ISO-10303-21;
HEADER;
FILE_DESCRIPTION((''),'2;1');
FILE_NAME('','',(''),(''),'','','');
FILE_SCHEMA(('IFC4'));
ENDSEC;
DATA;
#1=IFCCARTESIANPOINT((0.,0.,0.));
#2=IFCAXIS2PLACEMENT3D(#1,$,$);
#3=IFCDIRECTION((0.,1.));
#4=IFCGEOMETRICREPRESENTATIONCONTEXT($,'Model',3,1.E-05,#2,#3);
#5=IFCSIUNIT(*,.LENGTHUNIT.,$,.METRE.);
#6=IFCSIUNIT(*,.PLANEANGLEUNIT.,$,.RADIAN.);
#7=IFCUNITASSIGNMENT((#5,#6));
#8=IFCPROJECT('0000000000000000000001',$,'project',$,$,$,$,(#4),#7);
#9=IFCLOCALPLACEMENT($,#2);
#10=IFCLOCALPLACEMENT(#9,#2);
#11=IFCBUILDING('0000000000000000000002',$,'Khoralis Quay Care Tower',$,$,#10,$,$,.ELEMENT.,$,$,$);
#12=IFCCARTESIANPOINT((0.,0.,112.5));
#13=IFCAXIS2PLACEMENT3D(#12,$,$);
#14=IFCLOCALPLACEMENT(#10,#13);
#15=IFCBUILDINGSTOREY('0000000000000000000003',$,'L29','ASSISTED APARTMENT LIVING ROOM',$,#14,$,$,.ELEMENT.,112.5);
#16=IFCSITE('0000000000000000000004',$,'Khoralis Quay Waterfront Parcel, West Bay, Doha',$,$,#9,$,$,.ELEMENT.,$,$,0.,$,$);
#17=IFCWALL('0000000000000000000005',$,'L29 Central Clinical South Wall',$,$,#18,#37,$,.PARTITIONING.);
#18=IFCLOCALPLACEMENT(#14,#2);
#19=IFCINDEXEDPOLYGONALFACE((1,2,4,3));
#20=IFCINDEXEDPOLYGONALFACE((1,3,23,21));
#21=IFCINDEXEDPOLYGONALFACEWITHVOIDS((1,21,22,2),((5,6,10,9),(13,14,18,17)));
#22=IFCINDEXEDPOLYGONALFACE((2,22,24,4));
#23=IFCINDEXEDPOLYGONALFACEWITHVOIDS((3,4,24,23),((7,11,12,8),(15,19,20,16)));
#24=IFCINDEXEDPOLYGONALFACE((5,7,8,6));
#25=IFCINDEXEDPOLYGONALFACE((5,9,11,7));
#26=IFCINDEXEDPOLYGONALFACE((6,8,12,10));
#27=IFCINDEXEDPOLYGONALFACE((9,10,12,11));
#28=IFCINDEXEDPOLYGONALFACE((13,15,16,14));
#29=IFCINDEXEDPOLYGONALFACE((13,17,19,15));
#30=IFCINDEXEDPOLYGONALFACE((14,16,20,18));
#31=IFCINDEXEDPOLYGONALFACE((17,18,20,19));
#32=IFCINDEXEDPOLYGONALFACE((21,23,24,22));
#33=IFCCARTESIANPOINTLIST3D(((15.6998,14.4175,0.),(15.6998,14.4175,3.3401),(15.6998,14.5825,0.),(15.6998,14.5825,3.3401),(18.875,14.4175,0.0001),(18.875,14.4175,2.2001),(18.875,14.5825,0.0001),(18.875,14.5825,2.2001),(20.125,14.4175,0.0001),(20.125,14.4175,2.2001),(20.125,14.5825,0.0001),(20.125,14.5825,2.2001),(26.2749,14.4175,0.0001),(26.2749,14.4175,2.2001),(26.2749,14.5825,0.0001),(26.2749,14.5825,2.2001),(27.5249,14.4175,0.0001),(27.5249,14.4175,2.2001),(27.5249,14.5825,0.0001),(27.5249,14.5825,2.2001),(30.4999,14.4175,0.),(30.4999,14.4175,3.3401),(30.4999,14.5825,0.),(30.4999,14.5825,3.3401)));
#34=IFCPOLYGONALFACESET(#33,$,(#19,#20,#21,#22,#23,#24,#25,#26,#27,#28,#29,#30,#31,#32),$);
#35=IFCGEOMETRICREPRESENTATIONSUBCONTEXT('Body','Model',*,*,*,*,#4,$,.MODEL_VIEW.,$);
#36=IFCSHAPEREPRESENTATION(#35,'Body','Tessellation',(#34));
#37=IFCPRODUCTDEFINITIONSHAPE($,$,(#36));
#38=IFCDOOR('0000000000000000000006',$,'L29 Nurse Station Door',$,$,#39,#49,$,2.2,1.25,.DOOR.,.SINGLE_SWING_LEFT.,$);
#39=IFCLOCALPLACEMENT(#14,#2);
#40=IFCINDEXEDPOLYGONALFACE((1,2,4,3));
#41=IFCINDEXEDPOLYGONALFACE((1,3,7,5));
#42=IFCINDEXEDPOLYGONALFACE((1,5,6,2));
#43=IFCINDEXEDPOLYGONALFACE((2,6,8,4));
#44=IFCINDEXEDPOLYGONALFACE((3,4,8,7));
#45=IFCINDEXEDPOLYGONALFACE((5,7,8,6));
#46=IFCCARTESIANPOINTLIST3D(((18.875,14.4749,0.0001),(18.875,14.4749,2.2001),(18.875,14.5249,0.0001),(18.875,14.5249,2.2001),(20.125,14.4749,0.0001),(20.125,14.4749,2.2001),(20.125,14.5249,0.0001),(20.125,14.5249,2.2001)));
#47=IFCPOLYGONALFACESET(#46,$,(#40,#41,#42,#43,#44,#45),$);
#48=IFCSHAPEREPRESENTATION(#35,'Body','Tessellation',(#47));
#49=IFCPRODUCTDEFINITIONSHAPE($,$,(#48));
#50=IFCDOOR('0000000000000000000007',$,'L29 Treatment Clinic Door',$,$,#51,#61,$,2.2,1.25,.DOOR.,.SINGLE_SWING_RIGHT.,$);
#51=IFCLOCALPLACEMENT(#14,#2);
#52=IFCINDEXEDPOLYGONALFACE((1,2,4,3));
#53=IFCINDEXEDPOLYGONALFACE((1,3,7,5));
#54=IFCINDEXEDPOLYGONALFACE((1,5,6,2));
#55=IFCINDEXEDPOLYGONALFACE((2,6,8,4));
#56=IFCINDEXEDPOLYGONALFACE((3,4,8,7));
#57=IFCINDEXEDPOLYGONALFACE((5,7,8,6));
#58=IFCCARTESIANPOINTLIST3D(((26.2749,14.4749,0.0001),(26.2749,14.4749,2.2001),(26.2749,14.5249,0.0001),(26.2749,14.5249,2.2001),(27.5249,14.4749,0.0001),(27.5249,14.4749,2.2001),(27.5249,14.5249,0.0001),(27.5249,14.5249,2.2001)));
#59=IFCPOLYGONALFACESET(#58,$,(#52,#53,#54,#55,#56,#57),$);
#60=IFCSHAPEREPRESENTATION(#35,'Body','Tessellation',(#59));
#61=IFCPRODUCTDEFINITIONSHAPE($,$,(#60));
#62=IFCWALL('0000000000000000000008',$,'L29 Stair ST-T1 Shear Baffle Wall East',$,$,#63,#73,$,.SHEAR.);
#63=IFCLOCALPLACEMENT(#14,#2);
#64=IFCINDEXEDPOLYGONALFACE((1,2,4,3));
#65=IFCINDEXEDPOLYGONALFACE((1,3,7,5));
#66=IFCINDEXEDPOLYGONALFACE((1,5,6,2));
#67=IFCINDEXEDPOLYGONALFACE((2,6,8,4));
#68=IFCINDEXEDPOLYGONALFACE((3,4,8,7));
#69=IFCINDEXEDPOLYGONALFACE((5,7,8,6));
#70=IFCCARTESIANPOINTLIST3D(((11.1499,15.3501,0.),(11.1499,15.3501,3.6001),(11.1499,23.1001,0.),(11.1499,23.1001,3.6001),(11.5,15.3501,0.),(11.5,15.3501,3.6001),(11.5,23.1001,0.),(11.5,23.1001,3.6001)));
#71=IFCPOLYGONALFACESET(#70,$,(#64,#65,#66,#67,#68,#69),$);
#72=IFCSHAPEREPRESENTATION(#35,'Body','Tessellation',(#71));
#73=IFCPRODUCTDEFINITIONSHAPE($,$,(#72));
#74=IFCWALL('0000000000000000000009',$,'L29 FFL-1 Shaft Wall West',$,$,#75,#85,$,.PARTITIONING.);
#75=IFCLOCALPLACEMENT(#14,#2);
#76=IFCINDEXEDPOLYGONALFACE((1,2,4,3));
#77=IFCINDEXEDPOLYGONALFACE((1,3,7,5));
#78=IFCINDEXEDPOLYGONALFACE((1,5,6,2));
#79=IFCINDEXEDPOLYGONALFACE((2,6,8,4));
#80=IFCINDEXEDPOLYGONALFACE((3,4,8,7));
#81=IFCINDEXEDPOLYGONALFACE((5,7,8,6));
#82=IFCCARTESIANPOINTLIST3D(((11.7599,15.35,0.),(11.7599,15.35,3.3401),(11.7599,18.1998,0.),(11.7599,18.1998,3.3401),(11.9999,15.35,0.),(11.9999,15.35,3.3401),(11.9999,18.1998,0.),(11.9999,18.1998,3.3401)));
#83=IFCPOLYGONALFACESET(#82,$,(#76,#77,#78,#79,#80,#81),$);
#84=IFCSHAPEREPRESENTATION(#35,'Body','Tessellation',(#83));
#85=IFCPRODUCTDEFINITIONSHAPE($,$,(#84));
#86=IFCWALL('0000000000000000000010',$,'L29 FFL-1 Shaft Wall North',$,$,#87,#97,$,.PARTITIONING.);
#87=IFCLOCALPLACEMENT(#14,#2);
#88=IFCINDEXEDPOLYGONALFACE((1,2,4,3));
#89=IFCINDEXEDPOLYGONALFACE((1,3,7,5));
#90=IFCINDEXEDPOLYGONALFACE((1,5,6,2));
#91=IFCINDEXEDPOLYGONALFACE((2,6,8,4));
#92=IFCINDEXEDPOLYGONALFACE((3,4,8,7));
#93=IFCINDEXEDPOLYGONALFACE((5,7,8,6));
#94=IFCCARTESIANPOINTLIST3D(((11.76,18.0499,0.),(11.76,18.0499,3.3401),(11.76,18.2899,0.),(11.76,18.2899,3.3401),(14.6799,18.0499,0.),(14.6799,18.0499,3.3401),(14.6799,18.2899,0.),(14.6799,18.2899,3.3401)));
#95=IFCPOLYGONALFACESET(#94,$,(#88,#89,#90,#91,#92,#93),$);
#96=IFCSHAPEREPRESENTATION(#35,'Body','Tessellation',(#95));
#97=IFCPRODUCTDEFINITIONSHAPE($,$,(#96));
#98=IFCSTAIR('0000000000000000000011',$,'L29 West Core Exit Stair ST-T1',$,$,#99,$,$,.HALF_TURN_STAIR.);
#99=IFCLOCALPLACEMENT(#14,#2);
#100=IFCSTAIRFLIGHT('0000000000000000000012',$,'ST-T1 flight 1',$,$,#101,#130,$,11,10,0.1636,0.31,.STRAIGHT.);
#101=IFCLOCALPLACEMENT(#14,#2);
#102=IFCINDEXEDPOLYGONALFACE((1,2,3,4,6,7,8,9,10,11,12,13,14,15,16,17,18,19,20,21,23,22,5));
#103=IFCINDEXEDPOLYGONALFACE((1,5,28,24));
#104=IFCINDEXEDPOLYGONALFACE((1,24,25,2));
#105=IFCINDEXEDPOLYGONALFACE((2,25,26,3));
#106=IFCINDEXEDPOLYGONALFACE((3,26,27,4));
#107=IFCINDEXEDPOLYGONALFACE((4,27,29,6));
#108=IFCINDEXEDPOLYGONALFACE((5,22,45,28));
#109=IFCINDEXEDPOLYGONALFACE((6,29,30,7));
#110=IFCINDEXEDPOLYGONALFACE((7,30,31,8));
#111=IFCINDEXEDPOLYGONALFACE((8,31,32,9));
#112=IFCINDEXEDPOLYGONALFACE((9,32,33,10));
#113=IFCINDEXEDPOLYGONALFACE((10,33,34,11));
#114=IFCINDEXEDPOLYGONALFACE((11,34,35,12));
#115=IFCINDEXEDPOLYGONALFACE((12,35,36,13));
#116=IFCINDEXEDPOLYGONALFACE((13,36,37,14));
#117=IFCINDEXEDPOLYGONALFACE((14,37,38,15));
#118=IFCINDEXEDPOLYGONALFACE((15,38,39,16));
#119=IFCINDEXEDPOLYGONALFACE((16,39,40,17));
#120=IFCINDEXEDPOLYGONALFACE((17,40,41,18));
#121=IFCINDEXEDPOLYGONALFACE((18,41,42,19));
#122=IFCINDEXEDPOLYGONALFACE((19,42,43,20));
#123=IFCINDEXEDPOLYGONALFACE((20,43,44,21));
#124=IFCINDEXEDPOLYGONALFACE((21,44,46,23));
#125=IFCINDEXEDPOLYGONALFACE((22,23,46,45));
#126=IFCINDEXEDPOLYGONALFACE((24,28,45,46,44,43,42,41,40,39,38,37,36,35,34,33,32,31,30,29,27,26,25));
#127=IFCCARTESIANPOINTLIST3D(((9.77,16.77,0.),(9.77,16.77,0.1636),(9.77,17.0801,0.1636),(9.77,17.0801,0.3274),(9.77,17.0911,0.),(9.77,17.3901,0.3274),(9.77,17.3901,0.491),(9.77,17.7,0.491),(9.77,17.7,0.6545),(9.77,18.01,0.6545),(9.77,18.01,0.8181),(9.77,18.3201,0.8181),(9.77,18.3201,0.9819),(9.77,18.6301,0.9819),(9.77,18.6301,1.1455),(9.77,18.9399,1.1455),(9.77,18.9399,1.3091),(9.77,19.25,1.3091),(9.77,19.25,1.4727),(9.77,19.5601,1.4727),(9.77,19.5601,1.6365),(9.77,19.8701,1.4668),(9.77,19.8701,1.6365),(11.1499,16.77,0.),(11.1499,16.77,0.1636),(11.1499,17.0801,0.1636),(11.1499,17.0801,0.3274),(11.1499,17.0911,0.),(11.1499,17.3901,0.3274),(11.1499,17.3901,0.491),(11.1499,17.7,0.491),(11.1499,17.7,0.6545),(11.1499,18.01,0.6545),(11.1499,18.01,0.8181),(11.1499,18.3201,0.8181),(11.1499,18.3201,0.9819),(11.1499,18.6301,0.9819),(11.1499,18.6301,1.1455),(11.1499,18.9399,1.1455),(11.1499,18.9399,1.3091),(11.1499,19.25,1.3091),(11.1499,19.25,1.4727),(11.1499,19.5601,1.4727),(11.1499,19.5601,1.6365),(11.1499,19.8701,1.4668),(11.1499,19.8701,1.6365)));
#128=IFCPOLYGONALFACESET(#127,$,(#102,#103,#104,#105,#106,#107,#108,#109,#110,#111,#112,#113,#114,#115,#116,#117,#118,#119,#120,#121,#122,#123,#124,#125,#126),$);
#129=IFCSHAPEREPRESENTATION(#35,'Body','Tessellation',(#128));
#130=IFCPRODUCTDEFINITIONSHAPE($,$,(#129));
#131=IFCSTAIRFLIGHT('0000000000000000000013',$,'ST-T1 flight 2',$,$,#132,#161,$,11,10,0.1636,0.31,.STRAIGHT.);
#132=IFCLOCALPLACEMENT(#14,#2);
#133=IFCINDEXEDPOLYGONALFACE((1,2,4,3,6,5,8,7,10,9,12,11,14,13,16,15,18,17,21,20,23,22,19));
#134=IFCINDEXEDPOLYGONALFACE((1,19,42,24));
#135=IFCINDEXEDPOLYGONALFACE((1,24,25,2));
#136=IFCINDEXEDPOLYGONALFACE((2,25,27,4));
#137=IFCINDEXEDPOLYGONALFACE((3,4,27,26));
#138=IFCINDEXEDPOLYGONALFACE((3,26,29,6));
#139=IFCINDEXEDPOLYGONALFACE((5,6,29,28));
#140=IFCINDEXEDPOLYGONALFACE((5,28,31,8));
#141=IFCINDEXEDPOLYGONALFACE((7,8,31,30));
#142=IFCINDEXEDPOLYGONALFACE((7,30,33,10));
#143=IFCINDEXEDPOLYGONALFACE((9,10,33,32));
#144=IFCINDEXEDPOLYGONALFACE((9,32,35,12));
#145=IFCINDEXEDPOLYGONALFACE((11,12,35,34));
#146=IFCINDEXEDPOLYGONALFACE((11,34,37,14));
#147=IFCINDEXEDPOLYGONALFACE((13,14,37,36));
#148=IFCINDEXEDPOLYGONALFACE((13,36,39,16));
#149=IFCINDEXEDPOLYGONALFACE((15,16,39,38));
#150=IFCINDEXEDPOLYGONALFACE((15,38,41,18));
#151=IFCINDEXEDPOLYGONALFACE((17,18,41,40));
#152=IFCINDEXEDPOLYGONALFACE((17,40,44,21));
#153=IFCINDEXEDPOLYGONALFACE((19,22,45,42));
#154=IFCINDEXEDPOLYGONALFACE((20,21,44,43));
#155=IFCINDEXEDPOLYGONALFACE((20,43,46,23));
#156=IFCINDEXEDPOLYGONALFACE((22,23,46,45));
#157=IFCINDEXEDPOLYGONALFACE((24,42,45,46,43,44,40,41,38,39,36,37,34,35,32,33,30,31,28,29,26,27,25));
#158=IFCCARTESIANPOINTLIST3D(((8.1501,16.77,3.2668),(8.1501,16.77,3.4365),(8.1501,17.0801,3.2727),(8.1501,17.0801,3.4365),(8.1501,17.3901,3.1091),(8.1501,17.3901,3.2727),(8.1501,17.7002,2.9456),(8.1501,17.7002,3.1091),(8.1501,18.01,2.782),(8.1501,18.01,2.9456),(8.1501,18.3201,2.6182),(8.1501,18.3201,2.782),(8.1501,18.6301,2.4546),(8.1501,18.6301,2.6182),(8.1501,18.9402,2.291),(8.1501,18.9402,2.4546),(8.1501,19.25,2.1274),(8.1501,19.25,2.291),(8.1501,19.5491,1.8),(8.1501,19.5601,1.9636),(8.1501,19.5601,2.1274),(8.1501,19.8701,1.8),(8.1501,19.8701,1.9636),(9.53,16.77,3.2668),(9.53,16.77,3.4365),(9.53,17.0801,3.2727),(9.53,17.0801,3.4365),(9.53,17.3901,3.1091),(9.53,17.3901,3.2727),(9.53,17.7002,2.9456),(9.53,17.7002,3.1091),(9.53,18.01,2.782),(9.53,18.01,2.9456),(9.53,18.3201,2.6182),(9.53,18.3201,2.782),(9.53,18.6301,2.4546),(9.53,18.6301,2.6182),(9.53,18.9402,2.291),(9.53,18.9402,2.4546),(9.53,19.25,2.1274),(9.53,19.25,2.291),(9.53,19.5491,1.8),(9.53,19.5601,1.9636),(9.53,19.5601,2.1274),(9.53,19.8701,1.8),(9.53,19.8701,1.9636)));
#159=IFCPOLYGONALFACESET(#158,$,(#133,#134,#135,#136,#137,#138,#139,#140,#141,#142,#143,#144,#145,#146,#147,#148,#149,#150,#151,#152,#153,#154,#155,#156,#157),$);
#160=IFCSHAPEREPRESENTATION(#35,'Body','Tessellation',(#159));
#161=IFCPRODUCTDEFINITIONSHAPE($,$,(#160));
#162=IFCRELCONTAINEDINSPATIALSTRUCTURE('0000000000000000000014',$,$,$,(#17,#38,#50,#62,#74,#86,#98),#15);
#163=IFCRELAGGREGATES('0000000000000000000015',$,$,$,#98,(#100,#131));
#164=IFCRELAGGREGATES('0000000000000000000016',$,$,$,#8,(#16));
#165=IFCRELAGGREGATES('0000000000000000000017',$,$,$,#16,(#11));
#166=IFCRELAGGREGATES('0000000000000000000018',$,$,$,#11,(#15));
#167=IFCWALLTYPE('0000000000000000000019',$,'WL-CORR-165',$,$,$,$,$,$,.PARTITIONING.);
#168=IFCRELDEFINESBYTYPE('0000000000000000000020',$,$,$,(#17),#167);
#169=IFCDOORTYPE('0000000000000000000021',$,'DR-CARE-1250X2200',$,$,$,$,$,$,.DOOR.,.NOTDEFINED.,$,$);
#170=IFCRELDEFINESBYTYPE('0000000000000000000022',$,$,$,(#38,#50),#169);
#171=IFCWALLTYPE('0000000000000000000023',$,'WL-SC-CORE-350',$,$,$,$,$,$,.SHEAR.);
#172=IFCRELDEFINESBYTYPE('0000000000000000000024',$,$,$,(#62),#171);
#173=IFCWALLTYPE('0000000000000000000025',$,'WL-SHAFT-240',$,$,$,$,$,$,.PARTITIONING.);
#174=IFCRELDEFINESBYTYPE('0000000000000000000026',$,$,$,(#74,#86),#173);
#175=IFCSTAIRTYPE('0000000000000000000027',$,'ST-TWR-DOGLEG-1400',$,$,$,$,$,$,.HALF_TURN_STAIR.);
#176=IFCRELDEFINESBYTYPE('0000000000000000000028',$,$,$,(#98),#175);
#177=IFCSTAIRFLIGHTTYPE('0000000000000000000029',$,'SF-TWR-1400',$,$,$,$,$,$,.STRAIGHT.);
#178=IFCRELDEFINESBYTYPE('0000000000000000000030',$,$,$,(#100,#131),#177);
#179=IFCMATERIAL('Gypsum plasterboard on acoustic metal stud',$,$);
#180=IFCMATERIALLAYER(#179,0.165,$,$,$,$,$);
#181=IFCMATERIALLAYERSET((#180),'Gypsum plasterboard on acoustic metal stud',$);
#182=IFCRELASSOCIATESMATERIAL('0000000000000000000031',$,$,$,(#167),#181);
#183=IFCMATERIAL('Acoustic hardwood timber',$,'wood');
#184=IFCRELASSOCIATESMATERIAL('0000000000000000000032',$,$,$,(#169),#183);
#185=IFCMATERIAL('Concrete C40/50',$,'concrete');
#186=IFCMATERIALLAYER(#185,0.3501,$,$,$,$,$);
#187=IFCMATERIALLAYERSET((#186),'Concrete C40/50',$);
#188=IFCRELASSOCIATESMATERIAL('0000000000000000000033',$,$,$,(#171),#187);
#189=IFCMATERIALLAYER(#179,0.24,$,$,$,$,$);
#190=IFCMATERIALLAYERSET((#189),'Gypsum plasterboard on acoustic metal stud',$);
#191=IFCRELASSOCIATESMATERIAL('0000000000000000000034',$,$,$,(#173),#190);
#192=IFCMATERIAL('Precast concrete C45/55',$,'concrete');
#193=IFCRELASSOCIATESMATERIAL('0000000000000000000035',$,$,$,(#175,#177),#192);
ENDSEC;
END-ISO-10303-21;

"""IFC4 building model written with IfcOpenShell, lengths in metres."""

from ifc_helpers import new_model, si_unit, direction, frame, frame_2d, origin, place, context, subcontext, project, spatial, polyline, rectangle, outline, extrude, source, transform, mapped, material, layer, layer_set, type_object, element, fill, aggregate, save


model = new_model("IFC4")

# Units and contexts
model_context = context("Model", 3, precision=1e-05, world=origin(), true_north=direction((0.0, 1.0)))
body_context = subcontext(model_context, "Body", "Model", "MODEL_VIEW")
ifc_project = project(units=[si_unit("LENGTHUNIT", "METRE"), si_unit("PLANEANGLEUNIT", "RADIAN")], contexts=[model_context])

# Site, building, storey
site_placement = place(None, origin())
site = spatial("IfcSite", under=ifc_project, at=site_placement, Name="Khoralis Quay Waterfront Parcel, West Bay, Doha", CompositionType="ELEMENT", RefElevation=0.0)
building_placement = place(site_placement, origin())
building = spatial("IfcBuilding", under=site, at=building_placement, Name="Khoralis Quay Care Tower", CompositionType="ELEMENT")
storey_placement = place(building_placement, frame((0.0, 0.0, 112.5)))
storey = spatial("IfcBuildingStorey", under=building, at=storey_placement, Name="L29", Description="ASSISTED APARTMENT LIVING ROOM", CompositionType="ELEMENT", Elevation=112.5)

# Shared definitions
ifc_material_1 = material(Name="Gypsum plasterboard on acoustic metal stud")

# Wall, openings, doors
ifc_layer_1 = layer(ifc_material_1, 0.165)
ifc_layer_set_1 = layer_set([ifc_layer_1], Name="Gypsum plasterboard on acoustic metal stud")
wall_type_1 = type_object("IfcWallType", Name="WL-CORR-165", PredefinedType="PARTITIONING", material=ifc_layer_set_1)
wall_1_placement = place(storey_placement, frame((15.7, 14.5, 0.0), z_axis=(0.0, 0.0, 1.0), x_axis=(1.0, 0.0, 0.0)))
wall_1 = element("IfcWall", 1, at=wall_1_placement, inside=storey, type_object=wall_type_1, Name="L29 Central Clinical South Wall", PredefinedType="PARTITIONING", context=body_context, shape_type="SweptSolid", body=[
    extrude(rectangle(XDim=14.8, YDim=0.165, at=frame_2d((7.3999, 0.0))), origin(), (0.0, 0.0, 1.0), 3.3401),
])
opening_1_placement = place(wall_1_placement, frame((3.175, 0.0, 0.0)))
opening_1 = element("IfcOpeningElement", 2, at=opening_1_placement, cuts=wall_1, PredefinedType="OPENING", context=body_context, shape_type="SweptSolid", body=[
    extrude(rectangle(XDim=1.25, YDim=2.2, at=frame_2d((0.625, 1.1001))), frame((0.0, 0.0925, 0.0), z_axis=(0.0, -1.0, 0.0), x_axis=(1.0, 0.0, 0.0)), (0.0, 0.0, 1.0), 0.1851),
])
opening_2_placement = place(wall_1_placement, frame((10.575, 0.0, 0.0)))
opening_2 = element("IfcOpeningElement", 3, at=opening_2_placement, cuts=wall_1, PredefinedType="OPENING", context=body_context, shape_type="SweptSolid", body=[
    extrude(rectangle(XDim=1.25, YDim=2.2, at=frame_2d((0.625, 1.1001))), frame((0.0, 0.0925, 0.0), z_axis=(0.0, -1.0, 0.0), x_axis=(1.0, 0.0, 0.0)), (0.0, 0.0, 1.0), 0.1851),
])
ifc_material_2 = material(Name="Acoustic hardwood timber", Category="wood")
door_type_1 = type_object("IfcDoorType", Name="DR-CARE-1250X2200", OperationType="NOTDEFINED", PredefinedType="DOOR", material=ifc_material_2)
shared_shape_1 = source(origin(), body_context, "Body", "SweptSolid", [
    extrude(rectangle(XDim=1.25, YDim=2.2, at=frame_2d((0.625, 1.1001))), frame((0.0, 0.0249, 0.0), z_axis=(0.0, -1.0, 0.0), x_axis=(1.0, 0.0, 0.0)), (0.0, 0.0, 1.0), 0.05),
])
door_1_placement = place(opening_1_placement, origin())
door_1 = element("IfcDoor", 4, at=door_1_placement, inside=storey, type_object=door_type_1, Name="L29 Nurse Station Door", OperationType="SINGLE_SWING_LEFT", OverallHeight=2.2, OverallWidth=1.25, PredefinedType="DOOR", context=body_context, shape_type="MappedRepresentation", body=[
    mapped(shared_shape_1, transform((0.0, 0.0, 0.0), scale=1.0)),
])
fill(opening_1, door_1)
door_2_placement = place(opening_2_placement, origin())
door_2 = element("IfcDoor", 5, at=door_2_placement, inside=storey, type_object=door_type_1, Name="L29 Treatment Clinic Door", OperationType="SINGLE_SWING_RIGHT", OverallHeight=2.2, OverallWidth=1.25, PredefinedType="DOOR", context=body_context, shape_type="MappedRepresentation", body=[
    mapped(shared_shape_1, transform((0.0, 0.0, 0.0), scale=1.0)),
])
fill(opening_2, door_2)

# Walls
ifc_material_3 = material(Name="Concrete C40/50", Category="concrete")
ifc_layer_2 = layer(ifc_material_3, 0.3501)
ifc_layer_set_2 = layer_set([ifc_layer_2], Name="Concrete C40/50")
wall_type_2 = type_object("IfcWallType", Name="WL-SC-CORE-350", PredefinedType="SHEAR", material=ifc_layer_set_2)
wall_2_placement = place(storey_placement, frame((11.325, 15.3501, 0.0), z_axis=(0.0, 0.0, 1.0), x_axis=(0.0, 1.0, 0.0)))
element("IfcWall", 6, at=wall_2_placement, inside=storey, type_object=wall_type_2, Name="L29 Stair ST-T1 Shear Baffle Wall East", PredefinedType="SHEAR", context=body_context, shape_type="SweptSolid", body=[
    extrude(rectangle(XDim=7.75, YDim=0.3501, at=frame_2d((3.875, 0.0))), origin(), (0.0, 0.0, 1.0), 3.6001),
])
ifc_layer_3 = layer(ifc_material_1, 0.24)
ifc_layer_set_3 = layer_set([ifc_layer_3], Name="Gypsum plasterboard on acoustic metal stud")
wall_type_3 = type_object("IfcWallType", Name="WL-SHAFT-240", PredefinedType="PARTITIONING", material=ifc_layer_set_3)
wall_3_placement = place(storey_placement, frame((11.8799, 15.3501, 0.0), z_axis=(0.0, 0.0, 1.0), x_axis=(0.0, 1.0, 0.0)))
element("IfcWall", 7, at=wall_3_placement, inside=storey, type_object=wall_type_3, Name="L29 FFL-1 Shaft Wall West", PredefinedType="PARTITIONING", context=body_context, shape_type="SweptSolid", body=[
    extrude(rectangle(XDim=2.8499, YDim=0.24, at=frame_2d((1.4248, 0.0))), origin(), (0.0, 0.0, 1.0), 3.3401),
])
wall_4_placement = place(storey_placement, frame((11.76, 18.1699, 0.0), z_axis=(0.0, 0.0, 1.0), x_axis=(1.0, 0.0, 0.0)))
element("IfcWall", 8, at=wall_4_placement, inside=storey, type_object=wall_type_3, Name="L29 FFL-1 Shaft Wall North", PredefinedType="PARTITIONING", context=body_context, shape_type="SweptSolid", body=[
    extrude(rectangle(XDim=2.9199, YDim=0.24, at=frame_2d((1.46, 0.0))), origin(), (0.0, 0.0, 1.0), 3.3401),
])

# Stair, stair flights
ifc_material_4 = material(Name="Precast concrete C45/55", Category="concrete")
stair_type = type_object("IfcStairType", Name="ST-TWR-DOGLEG-1400", PredefinedType="HALF_TURN_STAIR", material=ifc_material_4)
stair_placement = place(storey_placement, origin())
stair = element("IfcStair", 9, at=stair_placement, inside=storey, type_object=stair_type, Name="L29 West Core Exit Stair ST-T1", PredefinedType="HALF_TURN_STAIR")
stair_flight_type = type_object("IfcStairFlightType", Name="SF-TWR-1400", PredefinedType="STRAIGHT", material=ifc_material_4)
shared_shape_2 = source(origin(), body_context, "Body", "SweptSolid", [
    extrude(outline(polyline([(0.0, 0.0), (0.0, 0.1636), (0.3101, 0.1636), (0.3101, 0.3274), (0.6201, 0.3274), (0.6201, 0.491), (0.9299, 0.491), (0.9299, 0.6545), (1.24, 0.6545), (1.24, 0.8181), (1.55, 0.8181), (1.55, 0.9819), (1.8601, 0.9819), (1.8601, 1.1455), (2.1699, 1.1455), (2.1699, 1.3091), (2.48, 1.3091), (2.48, 1.4727), (2.79, 1.4727), (2.79, 1.6365), (3.1001, 1.6365), (3.1001, 1.8), (3.1001, 1.4668), (0.321, 0.0), (0.0, 0.0)])), frame((0.0, 0.6899, 0.0), z_axis=(0.0, -1.0, 0.0), x_axis=(1.0, 0.0, 0.0)), (0.0, 0.0, 1.0), 1.3799),
])
stair_flight_1_placement = place(storey_placement, frame((10.46, 16.77, 0.0), z_axis=(0.0, 0.0, 1.0), x_axis=(0.0, 1.0, 0.0)))
stair_flight_1 = element("IfcStairFlight", 10, at=stair_flight_1_placement, type_object=stair_flight_type, Name="ST-T1 flight 1", NumberOfRisers=11, NumberOfTreads=10, PredefinedType="STRAIGHT", RiserHeight=0.1636, TreadLength=0.31, context=body_context, shape_type="MappedRepresentation", body=[
    mapped(shared_shape_2, transform((0.0, 0.0, 0.0), scale=1.0)),
])
stair_flight_2_placement = place(storey_placement, frame((8.8401, 19.8701, 1.8), z_axis=(0.0, 0.0, 1.0), x_axis=(0.0, -1.0, 0.0)))
stair_flight_2 = element("IfcStairFlight", 11, at=stair_flight_2_placement, type_object=stair_flight_type, Name="ST-T1 flight 2", NumberOfRisers=11, NumberOfTreads=10, PredefinedType="STRAIGHT", RiserHeight=0.1636, TreadLength=0.31, context=body_context, shape_type="MappedRepresentation", body=[
    mapped(shared_shape_2, transform((0.0, 0.0, 0.0), scale=1.0)),
])
aggregate(stair, [stair_flight_1, stair_flight_2])

save(model, "model.ifc")
